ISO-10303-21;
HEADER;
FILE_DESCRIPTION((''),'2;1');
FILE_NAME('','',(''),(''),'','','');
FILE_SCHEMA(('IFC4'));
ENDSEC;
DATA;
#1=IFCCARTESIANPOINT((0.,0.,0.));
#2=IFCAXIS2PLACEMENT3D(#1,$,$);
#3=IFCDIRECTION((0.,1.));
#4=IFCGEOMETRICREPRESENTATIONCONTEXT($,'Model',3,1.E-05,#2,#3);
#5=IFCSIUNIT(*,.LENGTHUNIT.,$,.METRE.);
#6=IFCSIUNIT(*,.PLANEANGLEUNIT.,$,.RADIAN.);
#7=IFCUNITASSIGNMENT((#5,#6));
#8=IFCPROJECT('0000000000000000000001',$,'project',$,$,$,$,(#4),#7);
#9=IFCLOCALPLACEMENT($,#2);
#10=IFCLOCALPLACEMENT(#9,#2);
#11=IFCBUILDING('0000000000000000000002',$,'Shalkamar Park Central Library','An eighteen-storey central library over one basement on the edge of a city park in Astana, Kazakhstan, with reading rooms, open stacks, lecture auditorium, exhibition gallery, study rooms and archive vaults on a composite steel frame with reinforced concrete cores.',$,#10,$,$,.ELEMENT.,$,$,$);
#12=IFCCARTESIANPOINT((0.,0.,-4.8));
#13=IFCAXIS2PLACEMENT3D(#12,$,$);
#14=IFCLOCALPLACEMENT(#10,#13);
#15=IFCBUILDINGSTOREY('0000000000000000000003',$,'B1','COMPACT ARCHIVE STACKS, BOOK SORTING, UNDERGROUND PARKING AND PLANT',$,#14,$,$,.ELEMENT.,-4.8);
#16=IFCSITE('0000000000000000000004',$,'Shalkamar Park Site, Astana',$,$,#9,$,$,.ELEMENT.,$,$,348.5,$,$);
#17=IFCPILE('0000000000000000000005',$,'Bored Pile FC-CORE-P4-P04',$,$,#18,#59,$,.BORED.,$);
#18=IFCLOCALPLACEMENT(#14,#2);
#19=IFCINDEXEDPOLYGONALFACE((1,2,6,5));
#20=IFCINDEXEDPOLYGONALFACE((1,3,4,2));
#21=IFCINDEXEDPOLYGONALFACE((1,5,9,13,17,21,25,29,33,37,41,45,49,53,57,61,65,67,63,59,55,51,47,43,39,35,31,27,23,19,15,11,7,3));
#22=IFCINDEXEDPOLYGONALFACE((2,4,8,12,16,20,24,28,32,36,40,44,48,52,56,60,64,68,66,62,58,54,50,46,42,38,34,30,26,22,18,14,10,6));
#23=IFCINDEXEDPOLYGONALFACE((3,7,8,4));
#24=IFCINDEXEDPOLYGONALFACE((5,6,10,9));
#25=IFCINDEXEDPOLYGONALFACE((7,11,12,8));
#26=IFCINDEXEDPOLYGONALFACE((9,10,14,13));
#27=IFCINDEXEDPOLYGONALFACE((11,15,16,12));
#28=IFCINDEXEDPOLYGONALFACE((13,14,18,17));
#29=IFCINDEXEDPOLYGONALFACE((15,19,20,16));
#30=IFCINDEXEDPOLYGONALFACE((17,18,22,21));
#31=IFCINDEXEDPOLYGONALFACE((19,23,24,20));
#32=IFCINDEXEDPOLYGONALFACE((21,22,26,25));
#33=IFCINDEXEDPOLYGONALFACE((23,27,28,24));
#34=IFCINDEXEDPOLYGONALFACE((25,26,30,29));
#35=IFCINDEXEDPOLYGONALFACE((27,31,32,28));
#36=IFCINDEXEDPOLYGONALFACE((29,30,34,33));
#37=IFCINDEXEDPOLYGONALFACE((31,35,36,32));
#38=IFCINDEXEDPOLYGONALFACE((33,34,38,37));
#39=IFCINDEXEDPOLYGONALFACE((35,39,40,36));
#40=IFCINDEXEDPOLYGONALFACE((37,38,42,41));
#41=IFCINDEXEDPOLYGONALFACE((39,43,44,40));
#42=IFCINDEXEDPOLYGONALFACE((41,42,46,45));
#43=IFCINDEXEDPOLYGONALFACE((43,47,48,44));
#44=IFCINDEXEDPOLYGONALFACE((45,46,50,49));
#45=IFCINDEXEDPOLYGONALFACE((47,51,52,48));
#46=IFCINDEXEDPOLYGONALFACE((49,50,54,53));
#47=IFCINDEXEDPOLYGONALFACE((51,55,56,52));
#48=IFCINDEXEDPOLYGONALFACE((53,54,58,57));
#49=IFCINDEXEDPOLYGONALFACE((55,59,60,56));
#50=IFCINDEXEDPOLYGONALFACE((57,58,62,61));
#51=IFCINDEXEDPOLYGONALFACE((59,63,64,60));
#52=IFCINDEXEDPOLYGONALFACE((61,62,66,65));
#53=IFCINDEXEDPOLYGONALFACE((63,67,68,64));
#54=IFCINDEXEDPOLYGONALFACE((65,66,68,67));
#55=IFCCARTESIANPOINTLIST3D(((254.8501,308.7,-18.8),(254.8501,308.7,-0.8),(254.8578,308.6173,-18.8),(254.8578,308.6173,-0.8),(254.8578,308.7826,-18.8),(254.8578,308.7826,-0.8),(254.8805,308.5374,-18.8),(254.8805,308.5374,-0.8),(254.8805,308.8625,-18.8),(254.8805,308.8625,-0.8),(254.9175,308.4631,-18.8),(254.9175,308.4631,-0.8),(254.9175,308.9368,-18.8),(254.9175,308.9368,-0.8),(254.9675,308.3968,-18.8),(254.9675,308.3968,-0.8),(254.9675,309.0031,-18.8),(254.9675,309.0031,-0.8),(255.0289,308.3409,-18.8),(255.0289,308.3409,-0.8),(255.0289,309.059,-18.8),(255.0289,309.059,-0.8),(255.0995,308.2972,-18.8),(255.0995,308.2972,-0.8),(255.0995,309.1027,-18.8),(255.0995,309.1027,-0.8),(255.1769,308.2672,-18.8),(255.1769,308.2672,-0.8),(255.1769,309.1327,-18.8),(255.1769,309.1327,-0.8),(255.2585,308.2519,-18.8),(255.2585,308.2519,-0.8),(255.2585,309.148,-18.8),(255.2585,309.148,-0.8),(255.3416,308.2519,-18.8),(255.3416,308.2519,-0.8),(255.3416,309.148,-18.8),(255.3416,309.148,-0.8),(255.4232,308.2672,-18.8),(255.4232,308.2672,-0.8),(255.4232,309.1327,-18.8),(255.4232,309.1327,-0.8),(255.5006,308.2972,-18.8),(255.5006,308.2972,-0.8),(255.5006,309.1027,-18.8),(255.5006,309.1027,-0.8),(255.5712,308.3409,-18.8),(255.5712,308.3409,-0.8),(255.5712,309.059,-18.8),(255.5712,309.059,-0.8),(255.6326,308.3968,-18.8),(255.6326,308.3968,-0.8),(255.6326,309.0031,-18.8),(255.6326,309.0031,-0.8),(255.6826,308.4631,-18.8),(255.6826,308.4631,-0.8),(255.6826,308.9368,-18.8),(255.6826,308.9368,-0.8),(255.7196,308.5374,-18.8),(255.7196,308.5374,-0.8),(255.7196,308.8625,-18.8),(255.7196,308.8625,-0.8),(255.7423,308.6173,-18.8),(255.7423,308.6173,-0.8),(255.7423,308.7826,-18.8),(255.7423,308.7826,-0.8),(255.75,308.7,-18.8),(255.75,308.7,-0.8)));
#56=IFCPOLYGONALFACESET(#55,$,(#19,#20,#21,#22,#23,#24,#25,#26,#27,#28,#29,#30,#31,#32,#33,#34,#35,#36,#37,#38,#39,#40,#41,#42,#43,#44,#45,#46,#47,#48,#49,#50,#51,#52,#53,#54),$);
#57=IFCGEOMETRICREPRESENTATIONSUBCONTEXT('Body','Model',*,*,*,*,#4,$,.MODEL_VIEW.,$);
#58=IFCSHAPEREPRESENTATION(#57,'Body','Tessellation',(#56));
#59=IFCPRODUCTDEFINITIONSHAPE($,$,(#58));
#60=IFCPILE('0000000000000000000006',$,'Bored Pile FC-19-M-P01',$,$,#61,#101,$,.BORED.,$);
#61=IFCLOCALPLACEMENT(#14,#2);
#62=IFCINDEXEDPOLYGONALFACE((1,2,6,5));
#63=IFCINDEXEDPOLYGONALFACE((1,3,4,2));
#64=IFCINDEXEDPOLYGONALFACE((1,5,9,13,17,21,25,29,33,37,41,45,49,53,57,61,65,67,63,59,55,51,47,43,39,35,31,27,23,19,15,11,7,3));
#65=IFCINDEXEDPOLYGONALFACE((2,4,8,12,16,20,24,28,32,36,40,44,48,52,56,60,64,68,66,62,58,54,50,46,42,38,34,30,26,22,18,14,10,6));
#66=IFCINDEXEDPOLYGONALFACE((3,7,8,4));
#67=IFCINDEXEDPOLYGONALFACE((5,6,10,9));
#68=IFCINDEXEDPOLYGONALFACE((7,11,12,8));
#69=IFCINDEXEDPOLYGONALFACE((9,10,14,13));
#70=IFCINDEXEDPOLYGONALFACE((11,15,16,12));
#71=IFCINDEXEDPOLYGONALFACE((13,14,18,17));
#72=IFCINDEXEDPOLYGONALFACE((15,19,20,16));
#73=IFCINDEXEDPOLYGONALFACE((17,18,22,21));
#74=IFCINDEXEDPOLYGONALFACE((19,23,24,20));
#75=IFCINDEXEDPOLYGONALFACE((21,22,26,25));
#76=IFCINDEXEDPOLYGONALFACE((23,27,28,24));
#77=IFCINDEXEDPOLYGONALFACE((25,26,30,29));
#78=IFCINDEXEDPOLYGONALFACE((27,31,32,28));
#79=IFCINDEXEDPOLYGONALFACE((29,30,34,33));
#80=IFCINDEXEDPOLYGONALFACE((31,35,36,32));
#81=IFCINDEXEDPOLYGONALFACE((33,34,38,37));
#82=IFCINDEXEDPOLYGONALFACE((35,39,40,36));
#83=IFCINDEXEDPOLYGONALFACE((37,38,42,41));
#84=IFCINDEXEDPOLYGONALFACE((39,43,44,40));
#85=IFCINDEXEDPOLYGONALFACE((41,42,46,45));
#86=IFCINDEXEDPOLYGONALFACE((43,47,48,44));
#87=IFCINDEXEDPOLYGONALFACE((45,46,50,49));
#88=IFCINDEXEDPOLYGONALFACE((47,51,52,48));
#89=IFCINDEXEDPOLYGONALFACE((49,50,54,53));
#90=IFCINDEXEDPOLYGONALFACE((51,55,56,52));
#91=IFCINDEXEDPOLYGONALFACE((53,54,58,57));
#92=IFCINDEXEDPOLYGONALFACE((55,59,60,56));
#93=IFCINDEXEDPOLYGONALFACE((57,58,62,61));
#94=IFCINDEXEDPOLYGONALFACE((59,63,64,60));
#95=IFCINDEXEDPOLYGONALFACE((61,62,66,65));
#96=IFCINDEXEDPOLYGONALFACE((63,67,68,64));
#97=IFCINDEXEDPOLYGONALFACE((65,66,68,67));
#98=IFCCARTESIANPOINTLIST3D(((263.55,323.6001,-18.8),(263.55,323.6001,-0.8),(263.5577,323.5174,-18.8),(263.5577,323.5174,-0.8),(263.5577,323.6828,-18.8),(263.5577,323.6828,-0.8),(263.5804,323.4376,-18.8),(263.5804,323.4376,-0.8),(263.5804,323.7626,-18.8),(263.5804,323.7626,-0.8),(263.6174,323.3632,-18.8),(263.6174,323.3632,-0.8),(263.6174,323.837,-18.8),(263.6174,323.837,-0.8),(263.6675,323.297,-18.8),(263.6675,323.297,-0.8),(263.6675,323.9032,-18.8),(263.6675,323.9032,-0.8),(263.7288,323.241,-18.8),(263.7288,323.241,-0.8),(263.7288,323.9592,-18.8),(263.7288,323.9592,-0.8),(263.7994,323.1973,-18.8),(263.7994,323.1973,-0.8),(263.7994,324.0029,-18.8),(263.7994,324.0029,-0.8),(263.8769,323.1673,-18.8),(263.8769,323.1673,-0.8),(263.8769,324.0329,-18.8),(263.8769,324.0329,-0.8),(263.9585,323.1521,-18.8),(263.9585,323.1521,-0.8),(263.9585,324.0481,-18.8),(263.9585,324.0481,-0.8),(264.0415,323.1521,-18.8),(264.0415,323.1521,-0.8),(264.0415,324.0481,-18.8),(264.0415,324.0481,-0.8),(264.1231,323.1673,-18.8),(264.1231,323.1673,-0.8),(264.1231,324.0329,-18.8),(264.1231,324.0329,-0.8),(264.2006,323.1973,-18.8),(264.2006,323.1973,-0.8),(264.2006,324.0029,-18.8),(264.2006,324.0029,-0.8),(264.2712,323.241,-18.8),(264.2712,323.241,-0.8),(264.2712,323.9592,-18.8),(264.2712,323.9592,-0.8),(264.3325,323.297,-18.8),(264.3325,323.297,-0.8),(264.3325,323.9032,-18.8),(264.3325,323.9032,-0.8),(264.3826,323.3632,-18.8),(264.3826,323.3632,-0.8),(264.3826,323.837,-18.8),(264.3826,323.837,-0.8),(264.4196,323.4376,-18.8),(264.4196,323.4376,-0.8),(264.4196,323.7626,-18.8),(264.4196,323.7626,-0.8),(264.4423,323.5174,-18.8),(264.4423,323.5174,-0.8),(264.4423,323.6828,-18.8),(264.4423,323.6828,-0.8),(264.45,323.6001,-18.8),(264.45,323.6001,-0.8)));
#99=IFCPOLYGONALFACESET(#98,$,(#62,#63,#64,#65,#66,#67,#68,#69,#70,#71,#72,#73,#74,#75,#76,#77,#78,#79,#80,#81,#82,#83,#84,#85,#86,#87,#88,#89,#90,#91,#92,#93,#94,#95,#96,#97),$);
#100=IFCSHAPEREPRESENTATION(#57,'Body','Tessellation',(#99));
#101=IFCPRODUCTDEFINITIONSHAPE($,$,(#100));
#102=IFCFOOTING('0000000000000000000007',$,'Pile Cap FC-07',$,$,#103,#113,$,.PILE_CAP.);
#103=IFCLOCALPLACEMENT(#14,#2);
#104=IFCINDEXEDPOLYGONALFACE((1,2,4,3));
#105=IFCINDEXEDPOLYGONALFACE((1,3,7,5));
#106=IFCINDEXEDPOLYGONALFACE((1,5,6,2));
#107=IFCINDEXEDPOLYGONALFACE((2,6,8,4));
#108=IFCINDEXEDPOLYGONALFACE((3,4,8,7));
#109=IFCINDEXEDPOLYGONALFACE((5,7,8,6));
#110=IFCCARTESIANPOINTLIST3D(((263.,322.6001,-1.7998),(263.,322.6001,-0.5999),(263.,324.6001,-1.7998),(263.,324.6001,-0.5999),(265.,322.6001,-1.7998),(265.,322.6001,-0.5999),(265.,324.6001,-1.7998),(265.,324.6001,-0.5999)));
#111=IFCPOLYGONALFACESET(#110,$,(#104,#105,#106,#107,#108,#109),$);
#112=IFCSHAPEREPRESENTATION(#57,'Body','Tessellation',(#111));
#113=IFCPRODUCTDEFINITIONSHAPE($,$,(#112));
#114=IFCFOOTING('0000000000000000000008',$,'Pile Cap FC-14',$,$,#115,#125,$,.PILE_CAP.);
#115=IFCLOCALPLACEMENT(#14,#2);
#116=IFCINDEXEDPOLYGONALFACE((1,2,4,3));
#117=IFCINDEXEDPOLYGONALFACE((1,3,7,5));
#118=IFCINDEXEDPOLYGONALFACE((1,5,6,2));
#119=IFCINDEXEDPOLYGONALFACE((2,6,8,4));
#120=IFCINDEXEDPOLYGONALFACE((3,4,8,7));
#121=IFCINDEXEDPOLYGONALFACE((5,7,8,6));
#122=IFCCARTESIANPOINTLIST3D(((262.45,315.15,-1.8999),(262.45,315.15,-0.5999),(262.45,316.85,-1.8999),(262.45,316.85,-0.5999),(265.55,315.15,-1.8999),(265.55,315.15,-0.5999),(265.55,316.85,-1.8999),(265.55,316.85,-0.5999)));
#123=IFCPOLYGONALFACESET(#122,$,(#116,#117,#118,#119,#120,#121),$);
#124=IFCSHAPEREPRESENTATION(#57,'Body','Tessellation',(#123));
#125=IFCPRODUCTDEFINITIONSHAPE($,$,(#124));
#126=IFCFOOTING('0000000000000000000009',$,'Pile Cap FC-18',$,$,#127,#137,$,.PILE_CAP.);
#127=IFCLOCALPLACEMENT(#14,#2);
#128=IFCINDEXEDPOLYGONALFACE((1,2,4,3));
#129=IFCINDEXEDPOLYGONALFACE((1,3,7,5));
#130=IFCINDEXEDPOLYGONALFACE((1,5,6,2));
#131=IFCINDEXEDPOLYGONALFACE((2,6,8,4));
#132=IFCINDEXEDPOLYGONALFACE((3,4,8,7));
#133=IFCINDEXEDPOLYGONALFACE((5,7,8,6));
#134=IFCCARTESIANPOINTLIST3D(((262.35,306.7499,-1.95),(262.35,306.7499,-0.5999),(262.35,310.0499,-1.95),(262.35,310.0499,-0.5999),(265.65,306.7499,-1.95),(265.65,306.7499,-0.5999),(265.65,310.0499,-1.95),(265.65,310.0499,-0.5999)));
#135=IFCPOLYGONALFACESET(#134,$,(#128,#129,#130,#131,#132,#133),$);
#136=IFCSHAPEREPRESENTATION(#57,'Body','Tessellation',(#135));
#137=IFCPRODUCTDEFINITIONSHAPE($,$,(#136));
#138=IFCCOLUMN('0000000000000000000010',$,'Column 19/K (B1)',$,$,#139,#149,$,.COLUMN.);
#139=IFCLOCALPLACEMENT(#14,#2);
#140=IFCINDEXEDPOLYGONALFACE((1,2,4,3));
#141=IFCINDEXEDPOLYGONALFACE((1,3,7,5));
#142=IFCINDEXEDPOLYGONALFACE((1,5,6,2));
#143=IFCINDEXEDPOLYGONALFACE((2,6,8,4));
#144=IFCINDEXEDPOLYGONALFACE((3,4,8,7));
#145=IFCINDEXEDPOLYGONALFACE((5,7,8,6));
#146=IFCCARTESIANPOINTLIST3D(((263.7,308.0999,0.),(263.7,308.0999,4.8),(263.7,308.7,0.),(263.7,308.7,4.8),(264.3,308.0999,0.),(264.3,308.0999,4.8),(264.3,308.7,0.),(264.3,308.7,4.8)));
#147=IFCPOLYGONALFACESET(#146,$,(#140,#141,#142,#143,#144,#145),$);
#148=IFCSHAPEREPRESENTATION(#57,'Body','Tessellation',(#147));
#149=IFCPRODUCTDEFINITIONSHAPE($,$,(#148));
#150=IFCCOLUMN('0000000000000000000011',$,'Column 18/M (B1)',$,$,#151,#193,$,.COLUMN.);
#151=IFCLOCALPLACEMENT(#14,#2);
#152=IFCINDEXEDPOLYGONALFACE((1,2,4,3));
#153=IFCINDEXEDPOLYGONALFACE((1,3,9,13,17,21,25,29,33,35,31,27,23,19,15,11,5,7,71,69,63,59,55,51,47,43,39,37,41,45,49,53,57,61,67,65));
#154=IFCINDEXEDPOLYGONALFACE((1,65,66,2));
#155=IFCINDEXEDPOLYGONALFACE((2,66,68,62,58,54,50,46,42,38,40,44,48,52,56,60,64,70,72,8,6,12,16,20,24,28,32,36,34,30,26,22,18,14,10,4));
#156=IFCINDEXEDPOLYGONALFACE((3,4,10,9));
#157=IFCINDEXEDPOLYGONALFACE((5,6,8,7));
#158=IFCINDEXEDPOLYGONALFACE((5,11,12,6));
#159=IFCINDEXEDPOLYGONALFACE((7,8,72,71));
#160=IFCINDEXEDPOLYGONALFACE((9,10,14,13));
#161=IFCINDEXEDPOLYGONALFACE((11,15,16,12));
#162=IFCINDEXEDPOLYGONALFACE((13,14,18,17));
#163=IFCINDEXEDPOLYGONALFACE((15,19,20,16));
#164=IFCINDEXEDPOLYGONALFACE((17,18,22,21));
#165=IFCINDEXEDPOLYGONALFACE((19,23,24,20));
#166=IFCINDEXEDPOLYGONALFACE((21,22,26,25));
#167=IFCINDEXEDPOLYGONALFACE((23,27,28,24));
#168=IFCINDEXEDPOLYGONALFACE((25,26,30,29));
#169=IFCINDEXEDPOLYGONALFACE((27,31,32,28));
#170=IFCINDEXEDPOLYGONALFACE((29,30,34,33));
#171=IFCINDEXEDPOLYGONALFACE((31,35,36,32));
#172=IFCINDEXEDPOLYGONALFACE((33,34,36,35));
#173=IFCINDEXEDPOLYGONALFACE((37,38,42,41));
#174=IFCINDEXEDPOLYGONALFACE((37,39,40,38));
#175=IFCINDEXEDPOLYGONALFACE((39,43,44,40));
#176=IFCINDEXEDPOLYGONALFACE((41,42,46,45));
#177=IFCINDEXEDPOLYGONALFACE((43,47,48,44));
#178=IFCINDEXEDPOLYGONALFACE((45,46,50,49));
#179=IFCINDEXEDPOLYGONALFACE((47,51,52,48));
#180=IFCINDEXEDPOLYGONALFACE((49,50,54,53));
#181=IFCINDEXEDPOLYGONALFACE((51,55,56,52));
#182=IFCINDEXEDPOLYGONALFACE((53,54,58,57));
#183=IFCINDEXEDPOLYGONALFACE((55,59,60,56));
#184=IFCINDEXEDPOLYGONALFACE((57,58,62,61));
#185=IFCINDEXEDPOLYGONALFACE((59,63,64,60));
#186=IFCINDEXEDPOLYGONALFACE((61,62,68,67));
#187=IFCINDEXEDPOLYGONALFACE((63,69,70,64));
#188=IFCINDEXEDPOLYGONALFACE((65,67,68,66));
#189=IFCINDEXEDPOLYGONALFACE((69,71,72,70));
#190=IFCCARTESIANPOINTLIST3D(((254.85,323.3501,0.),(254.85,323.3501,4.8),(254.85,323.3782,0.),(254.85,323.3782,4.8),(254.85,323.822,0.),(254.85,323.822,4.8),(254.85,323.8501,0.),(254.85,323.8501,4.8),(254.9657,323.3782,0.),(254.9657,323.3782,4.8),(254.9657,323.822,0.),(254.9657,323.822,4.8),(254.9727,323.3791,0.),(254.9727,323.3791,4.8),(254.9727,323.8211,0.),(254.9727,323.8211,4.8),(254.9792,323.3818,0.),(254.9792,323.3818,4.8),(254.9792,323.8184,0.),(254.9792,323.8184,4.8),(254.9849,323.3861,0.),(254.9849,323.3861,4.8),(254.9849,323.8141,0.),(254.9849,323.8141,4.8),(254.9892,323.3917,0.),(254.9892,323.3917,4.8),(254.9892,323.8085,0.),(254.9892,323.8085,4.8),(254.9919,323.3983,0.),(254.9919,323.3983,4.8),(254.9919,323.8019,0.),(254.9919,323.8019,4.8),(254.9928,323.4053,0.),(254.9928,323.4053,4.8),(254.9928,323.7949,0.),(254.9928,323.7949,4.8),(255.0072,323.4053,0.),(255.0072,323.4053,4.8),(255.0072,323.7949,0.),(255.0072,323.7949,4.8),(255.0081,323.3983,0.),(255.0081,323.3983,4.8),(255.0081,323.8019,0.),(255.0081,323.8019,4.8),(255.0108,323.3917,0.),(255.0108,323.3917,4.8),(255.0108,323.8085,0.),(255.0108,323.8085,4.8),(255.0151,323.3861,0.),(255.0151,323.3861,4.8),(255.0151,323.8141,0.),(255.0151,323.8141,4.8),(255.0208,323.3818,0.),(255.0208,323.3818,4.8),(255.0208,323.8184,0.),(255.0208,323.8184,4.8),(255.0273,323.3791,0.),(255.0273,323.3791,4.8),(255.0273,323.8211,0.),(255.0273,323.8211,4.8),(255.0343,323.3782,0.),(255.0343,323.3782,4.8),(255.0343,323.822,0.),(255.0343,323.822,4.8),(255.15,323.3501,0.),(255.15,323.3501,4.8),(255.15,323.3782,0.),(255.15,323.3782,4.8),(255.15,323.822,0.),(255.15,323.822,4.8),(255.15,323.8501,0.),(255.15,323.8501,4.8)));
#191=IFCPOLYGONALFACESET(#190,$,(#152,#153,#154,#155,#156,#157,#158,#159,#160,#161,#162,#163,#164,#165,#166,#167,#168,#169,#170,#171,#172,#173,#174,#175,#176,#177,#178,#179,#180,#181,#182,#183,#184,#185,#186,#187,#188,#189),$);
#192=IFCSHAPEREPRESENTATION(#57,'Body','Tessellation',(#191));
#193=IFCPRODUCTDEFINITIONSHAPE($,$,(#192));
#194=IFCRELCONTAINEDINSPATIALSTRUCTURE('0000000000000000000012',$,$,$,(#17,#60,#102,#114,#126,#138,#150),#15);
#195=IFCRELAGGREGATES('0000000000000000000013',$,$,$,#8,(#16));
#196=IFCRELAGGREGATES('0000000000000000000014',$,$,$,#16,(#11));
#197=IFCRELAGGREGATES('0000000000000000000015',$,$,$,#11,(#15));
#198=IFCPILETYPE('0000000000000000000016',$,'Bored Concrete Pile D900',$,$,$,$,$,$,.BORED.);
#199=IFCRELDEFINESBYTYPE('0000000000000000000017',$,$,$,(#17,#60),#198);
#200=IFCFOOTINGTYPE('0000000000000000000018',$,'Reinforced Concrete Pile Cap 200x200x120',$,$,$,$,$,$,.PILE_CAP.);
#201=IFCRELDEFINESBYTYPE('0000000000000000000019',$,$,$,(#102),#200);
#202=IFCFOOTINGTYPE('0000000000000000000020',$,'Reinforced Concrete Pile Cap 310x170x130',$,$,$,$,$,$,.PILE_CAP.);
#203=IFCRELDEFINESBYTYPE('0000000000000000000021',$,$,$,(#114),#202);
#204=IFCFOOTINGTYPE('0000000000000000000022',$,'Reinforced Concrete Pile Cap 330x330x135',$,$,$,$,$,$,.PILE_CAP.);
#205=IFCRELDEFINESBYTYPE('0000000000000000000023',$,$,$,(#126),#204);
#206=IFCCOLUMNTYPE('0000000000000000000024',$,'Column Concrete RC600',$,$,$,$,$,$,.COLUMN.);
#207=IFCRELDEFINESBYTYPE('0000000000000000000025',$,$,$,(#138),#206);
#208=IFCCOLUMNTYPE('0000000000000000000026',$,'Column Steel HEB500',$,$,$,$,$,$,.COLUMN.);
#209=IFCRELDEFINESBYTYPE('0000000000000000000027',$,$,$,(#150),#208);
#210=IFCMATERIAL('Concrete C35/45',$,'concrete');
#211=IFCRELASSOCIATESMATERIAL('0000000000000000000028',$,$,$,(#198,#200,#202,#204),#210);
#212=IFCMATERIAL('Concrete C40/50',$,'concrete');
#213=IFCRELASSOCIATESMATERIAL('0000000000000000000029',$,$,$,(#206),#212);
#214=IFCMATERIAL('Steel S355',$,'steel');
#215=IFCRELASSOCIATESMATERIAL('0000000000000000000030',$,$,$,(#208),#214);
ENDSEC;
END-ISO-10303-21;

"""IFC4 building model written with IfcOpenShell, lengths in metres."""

from ifc_helpers import new_model, si_unit, direction, frame, origin, origin_2d, place, context, subcontext, project, spatial, rectangle, circle, i_section, extrude, material, material_profile, profile_set, type_object, element, save


model = new_model("IFC4")

# Units and contexts
model_context = context("Model", 3, precision=1e-05, world=origin(), true_north=direction((0.0, 1.0)))
body_context = subcontext(model_context, "Body", "Model", "MODEL_VIEW")
ifc_project = project(units=[si_unit("LENGTHUNIT", "METRE"), si_unit("PLANEANGLEUNIT", "RADIAN")], contexts=[model_context])

# Site, building, storey
site_placement = place(None, origin())
site = spatial("IfcSite", under=ifc_project, at=site_placement, Name="Shalkamar Park Site, Astana", CompositionType="ELEMENT", RefElevation=348.5)
building_placement = place(site_placement, origin())
building = spatial("IfcBuilding", under=site, at=building_placement, Name="Shalkamar Park Central Library", Description="An eighteen-storey central library over one basement on the edge of a city park in Astana, Kazakhstan, with reading rooms, open stacks, lecture auditorium, exhibition gallery, study rooms and archive vaults on a composite steel frame with reinforced concrete cores.", CompositionType="ELEMENT")
storey_placement = place(building_placement, frame((0.0, 0.0, -4.8)))
storey = spatial("IfcBuildingStorey", under=building, at=storey_placement, Name="B1", Description="COMPACT ARCHIVE STACKS, BOOK SORTING, UNDERGROUND PARKING AND PLANT", CompositionType="ELEMENT", Elevation=-4.8)

# Piles
ifc_material_1 = material(Name="Concrete C35/45", Category="concrete")
ifc_material_profile_1 = material_profile(ifc_material_1, circle(Radius=0.45, at=origin_2d()), Name="PILE D900")
ifc_profile_set_1 = profile_set([ifc_material_profile_1], Name="Concrete C35/45")
pile_type_1 = type_object("IfcPileType", Name="Bored Concrete Pile D900", PredefinedType="BORED", material=ifc_profile_set_1)
for number, where, z_axis, x_axis, name in (
    (1, (255.3, 308.7, -0.8), (0.0, 0.0, -1.0), (1.0, 0.0, 0.0), "Bored Pile FC-CORE-P4-P04"),
    (2, (264.0, 323.6001, -0.8), (0.0, 0.0, -1.0), (1.0, 0.0, 0.0), "Bored Pile FC-19-M-P01"),
):
    element("IfcPile", number, at=place(storey_placement, frame(where, z_axis=z_axis, x_axis=x_axis)), inside=storey, type_object=pile_type_1, Name=name, PredefinedType="BORED", context=body_context, shape_type="SweptSolid", body=[
        extrude(circle(Radius=0.45, at=origin_2d()), origin(), (0.0, 0.0, 1.0), 18.0),
    ])

# Footings
footing_type_1 = type_object("IfcFootingType", Name="Reinforced Concrete Pile Cap 200x200x120", PredefinedType="PILE_CAP", material=ifc_material_1)
footing_1_placement = place(storey_placement, frame((264.0, 323.6001, -1.7998), z_axis=(0.0, 0.0, 1.0), x_axis=(1.0, 0.0, 0.0)))
element("IfcFooting", 3, at=footing_1_placement, inside=storey, type_object=footing_type_1, Name="Pile Cap FC-07", PredefinedType="PILE_CAP", context=body_context, shape_type="SweptSolid", body=[
    extrude(rectangle(XDim=2.0, YDim=2.0, at=origin_2d()), origin(), (0.0, 0.0, 1.0), 1.2),
])
footing_type_2 = type_object("IfcFootingType", Name="Reinforced Concrete Pile Cap 310x170x130", PredefinedType="PILE_CAP", material=ifc_material_1)
footing_2_placement = place(storey_placement, frame((264.0, 316.0, -1.8999), z_axis=(0.0, 0.0, 1.0), x_axis=(1.0, 0.0, 0.0)))
element("IfcFooting", 4, at=footing_2_placement, inside=storey, type_object=footing_type_2, Name="Pile Cap FC-14", PredefinedType="PILE_CAP", context=body_context, shape_type="SweptSolid", body=[
    extrude(rectangle(XDim=3.1001, YDim=1.7, at=origin_2d()), origin(), (0.0, 0.0, 1.0), 1.3),
])
footing_type_3 = type_object("IfcFootingType", Name="Reinforced Concrete Pile Cap 330x330x135", PredefinedType="PILE_CAP", material=ifc_material_1)
footing_3_placement = place(storey_placement, frame((264.0, 308.3999, -1.95), z_axis=(0.0, 0.0, 1.0), x_axis=(1.0, 0.0, 0.0)))
element("IfcFooting", 5, at=footing_3_placement, inside=storey, type_object=footing_type_3, Name="Pile Cap FC-18", PredefinedType="PILE_CAP", context=body_context, shape_type="SweptSolid", body=[
    extrude(rectangle(XDim=3.3, YDim=3.3, at=origin_2d()), origin(), (0.0, 0.0, 1.0), 1.3501),
])

# Columns
ifc_material_2 = material(Name="Concrete C40/50", Category="concrete")
ifc_material_profile_2 = material_profile(ifc_material_2, rectangle(XDim=0.6001, YDim=0.6001, at=origin_2d()), Name="RC 600x600")
ifc_profile_set_2 = profile_set([ifc_material_profile_2], Name="Concrete C40/50")
column_type_1 = type_object("IfcColumnType", Name="Column Concrete RC600", PredefinedType="COLUMN", material=ifc_profile_set_2)
column_placement = place(storey_placement, frame((264.0, 308.3999, 0.0), z_axis=(0.0, 0.0, 1.0), x_axis=(1.0, 0.0, 0.0)))
element("IfcColumn", 6, at=column_placement, inside=storey, type_object=column_type_1, Name="Column 19/K (B1)", PredefinedType="COLUMN", context=body_context, shape_type="SweptSolid", body=[
    extrude(rectangle(XDim=0.6001, YDim=0.6001, at=origin_2d()), origin(), (0.0, 0.0, 1.0), 4.8),
])
ifc_material_3 = material(Name="Steel S355", Category="steel")
ifc_material_profile_3 = material_profile(ifc_material_3, i_section(OverallWidth=0.3, OverallDepth=0.5, WebThickness=0.0144, FlangeThickness=0.0281, FilletRadius=0.0271, at=origin_2d()), Name="HEB 500")
ifc_profile_set_3 = profile_set([ifc_material_profile_3], Name="Steel S355")
column_type_2 = type_object("IfcColumnType", Name="Column Steel HEB500", PredefinedType="COLUMN", material=ifc_profile_set_3)
for number, where, z_axis, x_axis, name in (
    (7, (255.0, 323.6001, 0.0), (0.0, 0.0, 1.0), (1.0, 0.0, 0.0), "Column 18/M (B1)"),
):
    element("IfcColumn", number, at=place(storey_placement, frame(where, z_axis=z_axis, x_axis=x_axis)), inside=storey, type_object=column_type_2, Name=name, PredefinedType="COLUMN", context=body_context, shape_type="SweptSolid", body=[
        extrude(i_section(OverallWidth=0.3, OverallDepth=0.5, WebThickness=0.0144, FlangeThickness=0.0281, FilletRadius=0.0271, at=origin_2d()), origin(), (0.0, 0.0, 1.0), 4.8),
    ])

save(model, "model.ifc")
